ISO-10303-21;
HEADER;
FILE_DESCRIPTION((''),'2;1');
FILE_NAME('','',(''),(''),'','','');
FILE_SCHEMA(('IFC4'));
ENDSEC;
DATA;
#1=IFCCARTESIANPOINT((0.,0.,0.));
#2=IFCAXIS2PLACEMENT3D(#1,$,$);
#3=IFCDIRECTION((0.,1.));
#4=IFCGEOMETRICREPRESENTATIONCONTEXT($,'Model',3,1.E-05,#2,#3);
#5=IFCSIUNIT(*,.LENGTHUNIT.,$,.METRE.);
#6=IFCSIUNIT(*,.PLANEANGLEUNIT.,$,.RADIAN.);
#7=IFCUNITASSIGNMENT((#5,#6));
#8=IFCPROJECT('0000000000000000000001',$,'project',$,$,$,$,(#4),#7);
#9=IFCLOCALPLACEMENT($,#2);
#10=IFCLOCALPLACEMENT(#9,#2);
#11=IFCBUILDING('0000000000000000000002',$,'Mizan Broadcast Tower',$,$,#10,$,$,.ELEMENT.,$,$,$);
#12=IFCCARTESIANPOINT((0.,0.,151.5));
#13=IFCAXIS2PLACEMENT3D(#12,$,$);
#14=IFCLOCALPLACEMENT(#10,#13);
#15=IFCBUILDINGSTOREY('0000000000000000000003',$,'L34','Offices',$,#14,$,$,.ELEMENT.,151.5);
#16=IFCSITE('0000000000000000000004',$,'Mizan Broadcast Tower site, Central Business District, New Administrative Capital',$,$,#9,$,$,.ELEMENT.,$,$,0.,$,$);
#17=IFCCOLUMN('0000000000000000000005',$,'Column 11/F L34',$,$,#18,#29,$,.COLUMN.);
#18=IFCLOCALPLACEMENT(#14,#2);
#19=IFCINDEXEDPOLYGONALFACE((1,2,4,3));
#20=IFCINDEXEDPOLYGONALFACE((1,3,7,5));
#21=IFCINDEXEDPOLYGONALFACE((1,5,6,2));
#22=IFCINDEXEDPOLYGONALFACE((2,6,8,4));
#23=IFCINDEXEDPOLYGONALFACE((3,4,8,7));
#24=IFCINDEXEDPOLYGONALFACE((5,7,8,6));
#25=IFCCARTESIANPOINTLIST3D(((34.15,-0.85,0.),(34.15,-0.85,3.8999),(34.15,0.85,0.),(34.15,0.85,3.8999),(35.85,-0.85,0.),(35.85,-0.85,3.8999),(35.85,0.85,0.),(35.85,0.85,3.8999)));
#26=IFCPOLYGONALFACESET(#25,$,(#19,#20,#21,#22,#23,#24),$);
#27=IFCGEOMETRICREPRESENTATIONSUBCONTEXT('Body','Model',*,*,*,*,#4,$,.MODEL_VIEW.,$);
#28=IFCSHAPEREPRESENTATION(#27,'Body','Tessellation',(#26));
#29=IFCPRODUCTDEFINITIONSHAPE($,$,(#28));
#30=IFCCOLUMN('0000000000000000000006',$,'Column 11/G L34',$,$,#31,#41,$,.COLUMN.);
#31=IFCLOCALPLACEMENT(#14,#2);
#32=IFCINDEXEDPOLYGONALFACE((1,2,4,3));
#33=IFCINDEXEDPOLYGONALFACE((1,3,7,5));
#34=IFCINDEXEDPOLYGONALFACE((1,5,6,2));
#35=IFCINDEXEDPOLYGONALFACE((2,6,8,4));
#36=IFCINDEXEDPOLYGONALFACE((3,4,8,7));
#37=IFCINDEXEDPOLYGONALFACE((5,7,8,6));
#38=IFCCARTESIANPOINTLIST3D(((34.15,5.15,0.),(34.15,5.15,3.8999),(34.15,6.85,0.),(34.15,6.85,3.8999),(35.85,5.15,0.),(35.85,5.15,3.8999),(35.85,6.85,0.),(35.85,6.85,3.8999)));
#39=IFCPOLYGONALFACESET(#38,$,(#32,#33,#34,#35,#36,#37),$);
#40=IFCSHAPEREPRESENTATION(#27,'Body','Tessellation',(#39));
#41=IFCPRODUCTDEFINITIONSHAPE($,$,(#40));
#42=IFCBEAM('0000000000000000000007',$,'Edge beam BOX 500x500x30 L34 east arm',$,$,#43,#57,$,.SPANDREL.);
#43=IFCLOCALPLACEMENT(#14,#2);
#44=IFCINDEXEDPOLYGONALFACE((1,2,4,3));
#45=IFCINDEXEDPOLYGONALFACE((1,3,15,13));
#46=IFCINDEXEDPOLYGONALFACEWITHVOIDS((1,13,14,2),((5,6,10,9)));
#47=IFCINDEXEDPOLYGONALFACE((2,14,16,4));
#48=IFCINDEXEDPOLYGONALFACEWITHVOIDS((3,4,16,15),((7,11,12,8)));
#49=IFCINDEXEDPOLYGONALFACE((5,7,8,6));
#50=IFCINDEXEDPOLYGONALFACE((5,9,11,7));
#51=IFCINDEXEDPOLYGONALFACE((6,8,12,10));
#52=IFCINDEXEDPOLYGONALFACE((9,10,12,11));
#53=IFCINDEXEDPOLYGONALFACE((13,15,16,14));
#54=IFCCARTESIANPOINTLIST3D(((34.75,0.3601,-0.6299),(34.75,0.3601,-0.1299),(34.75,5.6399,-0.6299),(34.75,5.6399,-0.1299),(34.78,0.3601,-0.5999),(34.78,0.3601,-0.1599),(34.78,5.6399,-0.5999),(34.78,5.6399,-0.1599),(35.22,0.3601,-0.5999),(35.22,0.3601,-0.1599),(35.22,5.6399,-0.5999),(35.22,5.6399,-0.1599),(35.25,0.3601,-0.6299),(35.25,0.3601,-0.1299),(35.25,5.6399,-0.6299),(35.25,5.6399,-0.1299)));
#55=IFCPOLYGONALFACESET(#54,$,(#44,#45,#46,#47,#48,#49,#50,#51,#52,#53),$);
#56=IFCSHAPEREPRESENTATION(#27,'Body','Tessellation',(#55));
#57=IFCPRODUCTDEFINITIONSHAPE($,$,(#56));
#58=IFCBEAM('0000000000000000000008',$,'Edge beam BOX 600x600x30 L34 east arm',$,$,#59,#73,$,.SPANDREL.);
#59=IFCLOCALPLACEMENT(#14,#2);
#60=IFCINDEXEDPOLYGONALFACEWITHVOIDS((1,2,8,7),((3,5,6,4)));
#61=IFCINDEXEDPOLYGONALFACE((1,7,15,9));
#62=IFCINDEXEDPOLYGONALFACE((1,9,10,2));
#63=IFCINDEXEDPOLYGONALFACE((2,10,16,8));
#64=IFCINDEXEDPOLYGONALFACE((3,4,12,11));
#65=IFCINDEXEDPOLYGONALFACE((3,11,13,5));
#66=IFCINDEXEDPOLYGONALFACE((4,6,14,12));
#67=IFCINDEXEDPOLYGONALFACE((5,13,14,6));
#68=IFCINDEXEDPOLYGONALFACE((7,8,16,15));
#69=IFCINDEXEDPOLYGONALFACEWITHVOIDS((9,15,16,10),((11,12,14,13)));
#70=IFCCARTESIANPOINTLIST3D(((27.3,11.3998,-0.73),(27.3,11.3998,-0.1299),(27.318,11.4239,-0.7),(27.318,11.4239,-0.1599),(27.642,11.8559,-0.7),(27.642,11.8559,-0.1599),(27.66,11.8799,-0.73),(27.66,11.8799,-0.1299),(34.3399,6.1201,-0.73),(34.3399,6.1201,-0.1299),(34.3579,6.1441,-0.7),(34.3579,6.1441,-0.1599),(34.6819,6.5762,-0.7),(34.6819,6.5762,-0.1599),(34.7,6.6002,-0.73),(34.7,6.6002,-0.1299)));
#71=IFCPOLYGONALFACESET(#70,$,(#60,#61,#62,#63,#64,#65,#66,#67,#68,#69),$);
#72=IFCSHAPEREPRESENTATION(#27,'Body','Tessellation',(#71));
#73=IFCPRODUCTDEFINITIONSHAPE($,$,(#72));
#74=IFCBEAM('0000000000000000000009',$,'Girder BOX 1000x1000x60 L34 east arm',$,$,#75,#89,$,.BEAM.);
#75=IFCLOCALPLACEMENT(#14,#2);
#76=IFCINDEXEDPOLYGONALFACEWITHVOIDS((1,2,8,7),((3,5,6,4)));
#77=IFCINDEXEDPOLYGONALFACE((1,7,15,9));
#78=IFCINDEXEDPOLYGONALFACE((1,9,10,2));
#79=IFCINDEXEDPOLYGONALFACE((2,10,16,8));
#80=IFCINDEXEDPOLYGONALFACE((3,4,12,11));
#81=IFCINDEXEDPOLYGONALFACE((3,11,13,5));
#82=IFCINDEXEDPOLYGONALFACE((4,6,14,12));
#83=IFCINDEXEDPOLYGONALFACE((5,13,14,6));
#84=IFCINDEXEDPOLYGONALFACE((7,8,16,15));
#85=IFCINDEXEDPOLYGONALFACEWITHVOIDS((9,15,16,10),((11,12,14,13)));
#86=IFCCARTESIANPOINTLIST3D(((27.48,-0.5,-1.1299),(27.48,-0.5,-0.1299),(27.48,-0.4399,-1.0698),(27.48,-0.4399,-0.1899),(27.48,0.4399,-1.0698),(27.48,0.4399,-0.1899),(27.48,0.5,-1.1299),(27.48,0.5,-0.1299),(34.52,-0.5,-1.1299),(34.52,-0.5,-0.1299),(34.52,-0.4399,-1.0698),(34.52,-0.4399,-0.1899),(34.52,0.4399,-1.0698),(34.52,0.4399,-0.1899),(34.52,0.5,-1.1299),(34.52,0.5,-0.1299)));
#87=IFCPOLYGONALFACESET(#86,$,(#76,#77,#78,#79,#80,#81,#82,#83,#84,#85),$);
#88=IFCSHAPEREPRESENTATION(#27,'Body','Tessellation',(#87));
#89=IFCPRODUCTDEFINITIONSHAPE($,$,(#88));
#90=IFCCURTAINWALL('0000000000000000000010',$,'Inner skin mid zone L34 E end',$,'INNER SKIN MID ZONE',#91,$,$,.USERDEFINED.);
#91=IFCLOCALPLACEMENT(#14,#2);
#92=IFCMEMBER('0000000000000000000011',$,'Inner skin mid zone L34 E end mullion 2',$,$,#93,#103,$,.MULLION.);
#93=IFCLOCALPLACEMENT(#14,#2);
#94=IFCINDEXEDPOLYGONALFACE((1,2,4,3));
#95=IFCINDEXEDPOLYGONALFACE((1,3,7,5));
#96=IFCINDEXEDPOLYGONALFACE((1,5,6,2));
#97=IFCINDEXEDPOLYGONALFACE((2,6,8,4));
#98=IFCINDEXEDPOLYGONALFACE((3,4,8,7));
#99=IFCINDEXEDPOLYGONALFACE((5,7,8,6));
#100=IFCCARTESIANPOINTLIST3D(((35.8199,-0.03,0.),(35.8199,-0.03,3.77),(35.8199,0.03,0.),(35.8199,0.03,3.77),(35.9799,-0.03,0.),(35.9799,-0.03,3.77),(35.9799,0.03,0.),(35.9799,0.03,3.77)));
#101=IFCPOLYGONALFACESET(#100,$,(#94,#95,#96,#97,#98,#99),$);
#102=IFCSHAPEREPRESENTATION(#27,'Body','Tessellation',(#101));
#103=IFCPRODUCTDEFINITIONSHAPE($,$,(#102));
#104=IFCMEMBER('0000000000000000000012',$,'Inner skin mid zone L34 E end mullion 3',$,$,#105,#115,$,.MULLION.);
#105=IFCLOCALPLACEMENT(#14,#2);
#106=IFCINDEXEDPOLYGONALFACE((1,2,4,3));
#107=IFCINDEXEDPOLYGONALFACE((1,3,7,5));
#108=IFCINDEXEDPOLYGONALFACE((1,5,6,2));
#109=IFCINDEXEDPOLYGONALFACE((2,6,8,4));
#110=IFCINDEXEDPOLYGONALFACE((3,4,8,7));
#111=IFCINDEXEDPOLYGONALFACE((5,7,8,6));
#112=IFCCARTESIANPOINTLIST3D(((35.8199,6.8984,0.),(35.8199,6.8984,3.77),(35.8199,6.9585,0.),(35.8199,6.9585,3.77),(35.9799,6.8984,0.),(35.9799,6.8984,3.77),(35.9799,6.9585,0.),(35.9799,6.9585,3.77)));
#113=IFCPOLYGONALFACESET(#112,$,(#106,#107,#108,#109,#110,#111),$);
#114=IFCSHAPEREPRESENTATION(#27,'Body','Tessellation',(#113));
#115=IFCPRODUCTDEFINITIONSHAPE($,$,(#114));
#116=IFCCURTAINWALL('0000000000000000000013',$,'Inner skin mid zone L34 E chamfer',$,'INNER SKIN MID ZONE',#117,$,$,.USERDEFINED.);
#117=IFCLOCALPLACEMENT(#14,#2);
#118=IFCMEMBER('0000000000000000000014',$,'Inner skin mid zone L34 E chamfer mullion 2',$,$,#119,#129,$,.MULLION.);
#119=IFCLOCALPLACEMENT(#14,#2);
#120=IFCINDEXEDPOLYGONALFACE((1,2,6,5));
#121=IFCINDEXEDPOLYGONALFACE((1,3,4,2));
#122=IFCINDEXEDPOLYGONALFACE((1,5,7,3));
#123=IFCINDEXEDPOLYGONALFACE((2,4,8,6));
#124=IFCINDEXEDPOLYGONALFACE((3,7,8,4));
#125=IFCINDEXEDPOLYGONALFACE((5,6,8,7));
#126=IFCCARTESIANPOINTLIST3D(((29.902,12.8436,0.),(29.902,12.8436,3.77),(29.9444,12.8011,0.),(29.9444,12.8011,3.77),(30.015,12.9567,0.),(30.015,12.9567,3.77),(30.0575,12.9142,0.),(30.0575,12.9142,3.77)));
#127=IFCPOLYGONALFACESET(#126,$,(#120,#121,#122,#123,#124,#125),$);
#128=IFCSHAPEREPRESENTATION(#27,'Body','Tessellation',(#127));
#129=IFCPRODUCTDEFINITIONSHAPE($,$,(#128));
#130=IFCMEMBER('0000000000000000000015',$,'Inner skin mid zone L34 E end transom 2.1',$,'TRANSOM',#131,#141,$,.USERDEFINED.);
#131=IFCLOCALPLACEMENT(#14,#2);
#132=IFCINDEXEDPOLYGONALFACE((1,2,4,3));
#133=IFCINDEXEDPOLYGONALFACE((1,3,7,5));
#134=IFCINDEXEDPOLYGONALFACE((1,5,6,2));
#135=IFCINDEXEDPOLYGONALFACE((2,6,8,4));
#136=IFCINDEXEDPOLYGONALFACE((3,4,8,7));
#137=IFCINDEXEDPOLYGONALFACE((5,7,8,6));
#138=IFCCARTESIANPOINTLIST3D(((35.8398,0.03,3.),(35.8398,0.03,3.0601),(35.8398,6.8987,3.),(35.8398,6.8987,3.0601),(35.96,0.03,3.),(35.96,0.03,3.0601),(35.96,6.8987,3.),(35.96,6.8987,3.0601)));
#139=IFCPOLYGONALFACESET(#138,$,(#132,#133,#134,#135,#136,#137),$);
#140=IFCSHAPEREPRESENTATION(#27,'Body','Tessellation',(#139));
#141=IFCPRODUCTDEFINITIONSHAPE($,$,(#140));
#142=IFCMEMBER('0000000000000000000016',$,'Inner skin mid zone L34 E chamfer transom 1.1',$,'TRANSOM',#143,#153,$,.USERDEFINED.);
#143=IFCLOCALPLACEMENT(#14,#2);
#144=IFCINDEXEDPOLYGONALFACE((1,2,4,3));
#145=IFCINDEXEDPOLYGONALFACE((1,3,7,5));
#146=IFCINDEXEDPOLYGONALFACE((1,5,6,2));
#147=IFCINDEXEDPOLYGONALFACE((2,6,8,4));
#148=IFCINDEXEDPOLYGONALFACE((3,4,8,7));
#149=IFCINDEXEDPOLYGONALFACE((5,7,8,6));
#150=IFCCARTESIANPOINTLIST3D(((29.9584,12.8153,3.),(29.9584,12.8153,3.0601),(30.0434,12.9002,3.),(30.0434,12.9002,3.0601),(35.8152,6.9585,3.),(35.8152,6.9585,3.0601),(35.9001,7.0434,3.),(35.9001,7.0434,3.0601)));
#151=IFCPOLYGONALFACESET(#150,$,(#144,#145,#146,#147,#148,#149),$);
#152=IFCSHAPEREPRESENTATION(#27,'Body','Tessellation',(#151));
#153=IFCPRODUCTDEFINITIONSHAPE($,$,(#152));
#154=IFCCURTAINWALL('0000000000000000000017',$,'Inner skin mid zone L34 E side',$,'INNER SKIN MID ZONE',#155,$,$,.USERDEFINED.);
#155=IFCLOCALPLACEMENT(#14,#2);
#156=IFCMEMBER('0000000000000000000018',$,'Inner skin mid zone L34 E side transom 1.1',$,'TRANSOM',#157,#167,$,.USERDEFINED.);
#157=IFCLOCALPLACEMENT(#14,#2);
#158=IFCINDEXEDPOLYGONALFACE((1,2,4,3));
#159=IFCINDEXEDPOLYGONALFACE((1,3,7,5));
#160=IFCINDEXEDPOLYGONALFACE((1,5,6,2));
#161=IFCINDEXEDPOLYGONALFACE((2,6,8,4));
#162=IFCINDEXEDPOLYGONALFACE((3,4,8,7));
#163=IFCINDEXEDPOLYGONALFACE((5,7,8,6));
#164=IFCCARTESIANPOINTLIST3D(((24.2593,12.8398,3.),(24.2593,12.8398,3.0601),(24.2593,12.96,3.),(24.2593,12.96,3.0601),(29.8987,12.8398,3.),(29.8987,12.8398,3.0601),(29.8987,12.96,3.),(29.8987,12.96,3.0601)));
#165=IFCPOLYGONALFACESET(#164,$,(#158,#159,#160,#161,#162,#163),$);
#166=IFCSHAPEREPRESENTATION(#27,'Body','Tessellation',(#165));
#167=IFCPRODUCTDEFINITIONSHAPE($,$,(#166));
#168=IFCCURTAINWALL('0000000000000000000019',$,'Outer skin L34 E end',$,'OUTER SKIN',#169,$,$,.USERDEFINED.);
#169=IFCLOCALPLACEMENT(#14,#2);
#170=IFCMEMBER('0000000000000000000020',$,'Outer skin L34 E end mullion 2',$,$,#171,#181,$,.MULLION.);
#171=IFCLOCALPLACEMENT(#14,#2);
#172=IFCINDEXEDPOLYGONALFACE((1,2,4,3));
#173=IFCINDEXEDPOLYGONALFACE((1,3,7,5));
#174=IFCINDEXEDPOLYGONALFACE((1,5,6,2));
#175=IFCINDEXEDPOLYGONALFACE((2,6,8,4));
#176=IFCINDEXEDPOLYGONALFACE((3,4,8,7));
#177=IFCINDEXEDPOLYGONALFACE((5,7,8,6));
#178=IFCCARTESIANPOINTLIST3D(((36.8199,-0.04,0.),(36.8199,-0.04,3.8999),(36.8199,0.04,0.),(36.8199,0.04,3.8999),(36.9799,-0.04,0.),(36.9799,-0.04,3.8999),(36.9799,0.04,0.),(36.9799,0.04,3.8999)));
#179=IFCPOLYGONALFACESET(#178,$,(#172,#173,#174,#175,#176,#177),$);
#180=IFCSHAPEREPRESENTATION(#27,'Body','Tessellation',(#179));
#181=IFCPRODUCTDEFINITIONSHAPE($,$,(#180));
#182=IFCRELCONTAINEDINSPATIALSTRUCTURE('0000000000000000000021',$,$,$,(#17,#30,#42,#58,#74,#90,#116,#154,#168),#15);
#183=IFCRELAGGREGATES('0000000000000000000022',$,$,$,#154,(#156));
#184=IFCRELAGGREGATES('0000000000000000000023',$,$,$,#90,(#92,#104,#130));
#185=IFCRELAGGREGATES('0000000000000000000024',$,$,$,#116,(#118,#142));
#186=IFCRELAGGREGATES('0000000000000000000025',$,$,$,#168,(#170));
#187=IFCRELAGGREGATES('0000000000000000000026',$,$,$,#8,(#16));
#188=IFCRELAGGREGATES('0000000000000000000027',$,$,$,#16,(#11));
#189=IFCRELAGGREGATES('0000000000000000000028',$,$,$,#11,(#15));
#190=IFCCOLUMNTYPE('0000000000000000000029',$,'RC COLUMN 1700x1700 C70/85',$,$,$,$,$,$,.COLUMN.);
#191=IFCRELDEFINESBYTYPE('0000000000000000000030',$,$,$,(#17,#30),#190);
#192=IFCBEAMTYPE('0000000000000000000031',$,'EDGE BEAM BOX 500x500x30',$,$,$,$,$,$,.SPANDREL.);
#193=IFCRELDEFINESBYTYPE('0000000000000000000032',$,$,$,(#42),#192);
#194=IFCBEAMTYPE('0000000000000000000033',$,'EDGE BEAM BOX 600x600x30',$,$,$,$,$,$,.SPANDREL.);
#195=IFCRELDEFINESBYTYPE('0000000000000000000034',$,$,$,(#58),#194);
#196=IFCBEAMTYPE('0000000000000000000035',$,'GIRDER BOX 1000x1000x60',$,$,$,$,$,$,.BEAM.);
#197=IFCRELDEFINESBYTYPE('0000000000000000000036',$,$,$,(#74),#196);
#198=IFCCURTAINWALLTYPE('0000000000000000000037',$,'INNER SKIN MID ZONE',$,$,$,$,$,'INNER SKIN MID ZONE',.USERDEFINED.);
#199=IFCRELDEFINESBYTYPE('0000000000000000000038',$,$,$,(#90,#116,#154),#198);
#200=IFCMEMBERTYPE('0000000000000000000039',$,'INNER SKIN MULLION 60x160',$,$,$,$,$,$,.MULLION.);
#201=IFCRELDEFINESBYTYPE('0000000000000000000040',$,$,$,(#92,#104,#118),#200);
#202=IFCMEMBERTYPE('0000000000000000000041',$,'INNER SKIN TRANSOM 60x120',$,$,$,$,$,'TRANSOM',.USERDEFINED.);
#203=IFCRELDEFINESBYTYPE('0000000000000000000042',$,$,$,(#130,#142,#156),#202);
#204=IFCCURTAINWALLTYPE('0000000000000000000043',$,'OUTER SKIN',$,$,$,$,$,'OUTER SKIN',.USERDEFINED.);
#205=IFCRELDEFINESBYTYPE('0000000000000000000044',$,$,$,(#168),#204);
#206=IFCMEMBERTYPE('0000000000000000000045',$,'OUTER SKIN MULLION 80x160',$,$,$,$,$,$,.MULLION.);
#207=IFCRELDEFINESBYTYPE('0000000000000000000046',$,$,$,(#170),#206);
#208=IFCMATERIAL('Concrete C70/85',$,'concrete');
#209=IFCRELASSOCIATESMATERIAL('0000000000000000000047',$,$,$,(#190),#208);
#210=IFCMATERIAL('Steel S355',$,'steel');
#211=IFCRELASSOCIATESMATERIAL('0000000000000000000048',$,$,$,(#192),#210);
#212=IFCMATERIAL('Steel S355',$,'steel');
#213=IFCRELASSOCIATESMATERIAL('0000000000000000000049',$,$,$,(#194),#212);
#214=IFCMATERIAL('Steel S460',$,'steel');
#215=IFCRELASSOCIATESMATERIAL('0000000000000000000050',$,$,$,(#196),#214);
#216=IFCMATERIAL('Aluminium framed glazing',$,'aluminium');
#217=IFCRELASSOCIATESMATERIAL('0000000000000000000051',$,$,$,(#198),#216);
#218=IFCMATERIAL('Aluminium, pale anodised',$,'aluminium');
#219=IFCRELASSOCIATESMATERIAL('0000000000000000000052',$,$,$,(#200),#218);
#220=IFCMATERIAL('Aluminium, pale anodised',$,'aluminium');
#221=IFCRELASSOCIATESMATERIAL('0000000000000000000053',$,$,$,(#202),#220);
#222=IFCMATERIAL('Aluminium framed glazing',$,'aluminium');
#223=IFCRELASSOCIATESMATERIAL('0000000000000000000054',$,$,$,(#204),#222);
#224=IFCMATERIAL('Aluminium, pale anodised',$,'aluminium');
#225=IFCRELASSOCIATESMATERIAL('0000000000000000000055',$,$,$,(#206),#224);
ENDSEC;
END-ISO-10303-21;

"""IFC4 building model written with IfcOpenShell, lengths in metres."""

from ifc_helpers import new_model, si_unit, direction, frame, origin, origin_2d, place, context, subcontext, project, spatial, rectangle, hollow_rectangle, extrude, material, material_profile, profile_set, type_object, element, aggregate, save


model = new_model("IFC4")

# Units and contexts
model_context = context("Model", 3, precision=1e-05, world=origin(), true_north=direction((0.0, 1.0)))
body_context = subcontext(model_context, "Body", "Model", "MODEL_VIEW")
ifc_project = project(units=[si_unit("LENGTHUNIT", "METRE"), si_unit("PLANEANGLEUNIT", "RADIAN")], contexts=[model_context])

# Site, building, storey
site_placement = place(None, origin())
site = spatial("IfcSite", under=ifc_project, at=site_placement, Name="Mizan Broadcast Tower site, Central Business District, New Administrative Capital", CompositionType="ELEMENT", RefElevation=0.0)
building_placement = place(site_placement, origin())
building = spatial("IfcBuilding", under=site, at=building_placement, Name="Mizan Broadcast Tower", CompositionType="ELEMENT")
storey_placement = place(building_placement, frame((0.0, 0.0, 151.5)))
storey = spatial("IfcBuildingStorey", under=building, at=storey_placement, Name="L34", Description="Offices", CompositionType="ELEMENT", Elevation=151.5)

# Columns
ifc_material_1 = material(Name="Concrete C70/85", Category="concrete")
ifc_material_profile_1 = material_profile(ifc_material_1, rectangle(XDim=1.7, YDim=1.7, at=origin_2d()), Name="RC 1700x1700")
ifc_profile_set_1 = profile_set([ifc_material_profile_1], Name="Concrete C70/85")
column_type = type_object("IfcColumnType", Name="RC COLUMN 1700x1700 C70/85", PredefinedType="COLUMN", material=ifc_profile_set_1)
for number, where, z_axis, x_axis, name in (
    (1, (35.0, 0.0, 0.0), (0.0, 0.0, 1.0), (1.0, 0.0, 0.0), "Column 11/F L34"),
    (2, (35.0, 6.0, 0.0), (0.0, 0.0, 1.0), (1.0, 0.0, 0.0), "Column 11/G L34"),
):
    element("IfcColumn", number, at=place(storey_placement, frame(where, z_axis=z_axis, x_axis=x_axis)), inside=storey, type_object=column_type, Name=name, PredefinedType="COLUMN", context=body_context, shape_type="SweptSolid", body=[
        extrude(rectangle(XDim=1.7, YDim=1.7, at=origin_2d()), origin(), (0.0, 0.0, 1.0), 3.8999),
    ])

# Beams
ifc_material_2 = material(Name="Steel S355", Category="steel")
ifc_material_profile_2 = material_profile(ifc_material_2, hollow_rectangle(XDim=0.5, YDim=0.5, WallThickness=0.03, at=origin_2d()), Name="BOX 500x500x30")
ifc_profile_set_2 = profile_set([ifc_material_profile_2], Name="Steel S355")
beam_type_1 = type_object("IfcBeamType", Name="EDGE BEAM BOX 500x500x30", PredefinedType="SPANDREL", material=ifc_profile_set_2)
beam_1_placement = place(storey_placement, frame((35.0, 5.6399, -0.3799), z_axis=(0.0, -1.0, 0.0), x_axis=(1.0, 0.0, 0.0)))
element("IfcBeam", 3, at=beam_1_placement, inside=storey, type_object=beam_type_1, Name="Edge beam BOX 500x500x30 L34 east arm", PredefinedType="SPANDREL", context=body_context, shape_type="SweptSolid", body=[
    extrude(hollow_rectangle(XDim=0.5, YDim=0.5, WallThickness=0.03, at=origin_2d()), origin(), (0.0, 0.0, 1.0), 5.2798),
])
ifc_material_3 = material(Name="Steel S355", Category="steel")
ifc_material_profile_3 = material_profile(ifc_material_3, hollow_rectangle(XDim=0.6001, YDim=0.6001, WallThickness=0.03, at=origin_2d()), Name="BOX 600x600x30")
ifc_profile_set_3 = profile_set([ifc_material_profile_3], Name="Steel S355")
beam_type_2 = type_object("IfcBeamType", Name="EDGE BEAM BOX 600x600x30", PredefinedType="SPANDREL", material=ifc_profile_set_3)
beam_2_placement = place(storey_placement, frame((27.48, 11.6399, -0.4299), z_axis=(0.800013, -0.599982, 0.0), x_axis=(0.599982, 0.800013, 0.0)))
element("IfcBeam", 4, at=beam_2_placement, inside=storey, type_object=beam_type_2, Name="Edge beam BOX 600x600x30 L34 east arm", PredefinedType="SPANDREL", context=body_context, shape_type="SweptSolid", body=[
    extrude(hollow_rectangle(XDim=0.6001, YDim=0.6001, WallThickness=0.03, at=origin_2d()), origin(), (0.0, 0.0, 1.0), 8.7998),
])
ifc_material_4 = material(Name="Steel S460", Category="steel")
ifc_material_profile_4 = material_profile(ifc_material_4, hollow_rectangle(XDim=1.0, YDim=1.0, WallThickness=0.0601, at=origin_2d()), Name="BOX 1000x1000x60")
ifc_profile_set_4 = profile_set([ifc_material_profile_4], Name="Steel S460")
beam_type_3 = type_object("IfcBeamType", Name="GIRDER BOX 1000x1000x60", PredefinedType="BEAM", material=ifc_profile_set_4)
beam_3_placement = place(storey_placement, frame((27.48, 0.0, -0.6299), z_axis=(1.0, 0.0, 0.0), x_axis=(0.0, 1.0, 0.0)))
element("IfcBeam", 5, at=beam_3_placement, inside=storey, type_object=beam_type_3, Name="Girder BOX 1000x1000x60 L34 east arm", PredefinedType="BEAM", context=body_context, shape_type="SweptSolid", body=[
    extrude(hollow_rectangle(XDim=1.0, YDim=1.0, WallThickness=0.0601, at=origin_2d()), origin(), (0.0, 0.0, 1.0), 7.04),
])

# Curtain wall, members
ifc_material_5 = material(Name="Aluminium framed glazing", Category="aluminium")
curtain_wall_type_1 = type_object("IfcCurtainWallType", Name="INNER SKIN MID ZONE", ElementType="INNER SKIN MID ZONE", PredefinedType="USERDEFINED", material=ifc_material_5)
curtain_wall_1_placement = place(storey_placement, origin())
curtain_wall_1 = element("IfcCurtainWall", 6, at=curtain_wall_1_placement, inside=storey, type_object=curtain_wall_type_1, Name="Inner skin mid zone L34 E end", ObjectType="INNER SKIN MID ZONE", PredefinedType="USERDEFINED")
ifc_material_6 = material(Name="Aluminium, pale anodised", Category="aluminium")
ifc_material_profile_5 = material_profile(ifc_material_6, rectangle(XDim=0.1599, YDim=0.0601, at=origin_2d()), Name="MULLION 160x60")
ifc_profile_set_5 = profile_set([ifc_material_profile_5], Name="Aluminium, pale anodised")
member_type_1 = type_object("IfcMemberType", Name="INNER SKIN MULLION 60x160", PredefinedType="MULLION", material=ifc_profile_set_5)
member_1_placement = place(storey_placement, frame((35.8999, 0.0, 0.0), z_axis=(0.0, 0.0, 1.0), x_axis=(-1.0, 0.0, 0.0)))
member_1 = element("IfcMember", 7, at=member_1_placement, type_object=member_type_1, Name="Inner skin mid zone L34 E end mullion 2", PredefinedType="MULLION", context=body_context, shape_type="SweptSolid", body=[
    extrude(rectangle(XDim=0.1599, YDim=0.0601, at=origin_2d()), origin(), (0.0, 0.0, 1.0), 3.77),
])
member_2_placement = place(storey_placement, frame((35.8999, 6.9285, 0.0), z_axis=(0.0, 0.0, 1.0), x_axis=(-1.0, 0.0, 0.0)))
member_2 = element("IfcMember", 8, at=member_2_placement, type_object=member_type_1, Name="Inner skin mid zone L34 E end mullion 3", PredefinedType="MULLION", context=body_context, shape_type="SweptSolid", body=[
    extrude(rectangle(XDim=0.1599, YDim=0.0601, at=origin_2d()), origin(), (0.0, 0.0, 1.0), 3.77),
])

# Curtain wall, member
curtain_wall_2_placement = place(storey_placement, origin())
curtain_wall_2 = element("IfcCurtainWall", 9, at=curtain_wall_2_placement, inside=storey, type_object=curtain_wall_type_1, Name="Inner skin mid zone L34 E chamfer", ObjectType="INNER SKIN MID ZONE", PredefinedType="USERDEFINED")
member_3_placement = place(storey_placement, frame((29.9797, 12.8789, 0.0), z_axis=(0.0, 0.0, 1.0), x_axis=(-0.707107, -0.707107, 0.0)))
member_3 = element("IfcMember", 10, at=member_3_placement, type_object=member_type_1, Name="Inner skin mid zone L34 E chamfer mullion 2", PredefinedType="MULLION", context=body_context, shape_type="SweptSolid", body=[
    extrude(rectangle(XDim=0.1599, YDim=0.0601, at=origin_2d()), origin(), (0.0, 0.0, 1.0), 3.77),
])

# Members
ifc_material_7 = material(Name="Aluminium, pale anodised", Category="aluminium")
ifc_material_profile_6 = material_profile(ifc_material_7, rectangle(XDim=0.1201, YDim=0.0601, at=origin_2d()), Name="TRANSOM 120x60")
ifc_profile_set_6 = profile_set([ifc_material_profile_6], Name="Aluminium, pale anodised")
member_type_2 = type_object("IfcMemberType", Name="INNER SKIN TRANSOM 60x120", ElementType="TRANSOM", PredefinedType="USERDEFINED", material=ifc_profile_set_6)
member_4_placement = place(storey_placement, frame((35.8999, 0.03, 3.03), z_axis=(0.0, 1.0, 0.0), x_axis=(-1.0, 0.0, 0.0)))
member_4 = element("IfcMember", 11, at=member_4_placement, type_object=member_type_2, Name="Inner skin mid zone L34 E end transom 2.1", ObjectType="TRANSOM", PredefinedType="USERDEFINED", context=body_context, shape_type="SweptSolid", body=[
    extrude(rectangle(XDim=0.1201, YDim=0.0601, at=origin_2d()), origin(), (0.0, 0.0, 1.0), 6.8687),
])
member_5_placement = place(storey_placement, frame((35.8577, 7.001, 3.03), z_axis=(-0.707107, 0.707107, 0.0), x_axis=(-0.707107, -0.707107, 0.0)))
member_5 = element("IfcMember", 12, at=member_5_placement, type_object=member_type_2, Name="Inner skin mid zone L34 E chamfer transom 1.1", ObjectType="TRANSOM", PredefinedType="USERDEFINED", context=body_context, shape_type="SweptSolid", body=[
    extrude(rectangle(XDim=0.1201, YDim=0.0601, at=origin_2d()), origin(), (0.0, 0.0, 1.0), 8.2827),
])

# Curtain wall, member
curtain_wall_3_placement = place(storey_placement, origin())
curtain_wall_3 = element("IfcCurtainWall", 13, at=curtain_wall_3_placement, inside=storey, type_object=curtain_wall_type_1, Name="Inner skin mid zone L34 E side", ObjectType="INNER SKIN MID ZONE", PredefinedType="USERDEFINED")
member_6_placement = place(storey_placement, frame((29.8987, 12.8999, 3.03), z_axis=(-1.0, 0.0, 0.0), x_axis=(0.0, -1.0, 0.0)))
member_6 = element("IfcMember", 14, at=member_6_placement, type_object=member_type_2, Name="Inner skin mid zone L34 E side transom 1.1", ObjectType="TRANSOM", PredefinedType="USERDEFINED", context=body_context, shape_type="SweptSolid", body=[
    extrude(rectangle(XDim=0.1201, YDim=0.0601, at=origin_2d()), origin(), (0.0, 0.0, 1.0), 5.6394),
])
aggregate(curtain_wall_3, [member_6])

# Curtain wall, member
ifc_material_8 = material(Name="Aluminium framed glazing", Category="aluminium")
curtain_wall_type_2 = type_object("IfcCurtainWallType", Name="OUTER SKIN", ElementType="OUTER SKIN", PredefinedType="USERDEFINED", material=ifc_material_8)
curtain_wall_4_placement = place(storey_placement, origin())
curtain_wall_4 = element("IfcCurtainWall", 15, at=curtain_wall_4_placement, inside=storey, type_object=curtain_wall_type_2, Name="Outer skin L34 E end", ObjectType="OUTER SKIN", PredefinedType="USERDEFINED")
ifc_material_9 = material(Name="Aluminium, pale anodised", Category="aluminium")
ifc_material_profile_7 = material_profile(ifc_material_9, rectangle(XDim=0.1599, YDim=0.0801, at=origin_2d()), Name="MULLION 160x80")
ifc_profile_set_7 = profile_set([ifc_material_profile_7], Name="Aluminium, pale anodised")
member_type_3 = type_object("IfcMemberType", Name="OUTER SKIN MULLION 80x160", PredefinedType="MULLION", material=ifc_profile_set_7)
member_7_placement = place(storey_placement, frame((36.8999, 0.0, 0.0), z_axis=(0.0, 0.0, 1.0), x_axis=(-1.0, 0.0, 0.0)))
member_7 = element("IfcMember", 16, at=member_7_placement, type_object=member_type_3, Name="Outer skin L34 E end mullion 2", PredefinedType="MULLION", context=body_context, shape_type="SweptSolid", body=[
    extrude(rectangle(XDim=0.1599, YDim=0.0801, at=origin_2d()), origin(), (0.0, 0.0, 1.0), 3.8999),
])

aggregate(curtain_wall_1, [member_1, member_2, member_4])
aggregate(curtain_wall_2, [member_3, member_5])
aggregate(curtain_wall_4, [member_7])

save(model, "model.ifc")
